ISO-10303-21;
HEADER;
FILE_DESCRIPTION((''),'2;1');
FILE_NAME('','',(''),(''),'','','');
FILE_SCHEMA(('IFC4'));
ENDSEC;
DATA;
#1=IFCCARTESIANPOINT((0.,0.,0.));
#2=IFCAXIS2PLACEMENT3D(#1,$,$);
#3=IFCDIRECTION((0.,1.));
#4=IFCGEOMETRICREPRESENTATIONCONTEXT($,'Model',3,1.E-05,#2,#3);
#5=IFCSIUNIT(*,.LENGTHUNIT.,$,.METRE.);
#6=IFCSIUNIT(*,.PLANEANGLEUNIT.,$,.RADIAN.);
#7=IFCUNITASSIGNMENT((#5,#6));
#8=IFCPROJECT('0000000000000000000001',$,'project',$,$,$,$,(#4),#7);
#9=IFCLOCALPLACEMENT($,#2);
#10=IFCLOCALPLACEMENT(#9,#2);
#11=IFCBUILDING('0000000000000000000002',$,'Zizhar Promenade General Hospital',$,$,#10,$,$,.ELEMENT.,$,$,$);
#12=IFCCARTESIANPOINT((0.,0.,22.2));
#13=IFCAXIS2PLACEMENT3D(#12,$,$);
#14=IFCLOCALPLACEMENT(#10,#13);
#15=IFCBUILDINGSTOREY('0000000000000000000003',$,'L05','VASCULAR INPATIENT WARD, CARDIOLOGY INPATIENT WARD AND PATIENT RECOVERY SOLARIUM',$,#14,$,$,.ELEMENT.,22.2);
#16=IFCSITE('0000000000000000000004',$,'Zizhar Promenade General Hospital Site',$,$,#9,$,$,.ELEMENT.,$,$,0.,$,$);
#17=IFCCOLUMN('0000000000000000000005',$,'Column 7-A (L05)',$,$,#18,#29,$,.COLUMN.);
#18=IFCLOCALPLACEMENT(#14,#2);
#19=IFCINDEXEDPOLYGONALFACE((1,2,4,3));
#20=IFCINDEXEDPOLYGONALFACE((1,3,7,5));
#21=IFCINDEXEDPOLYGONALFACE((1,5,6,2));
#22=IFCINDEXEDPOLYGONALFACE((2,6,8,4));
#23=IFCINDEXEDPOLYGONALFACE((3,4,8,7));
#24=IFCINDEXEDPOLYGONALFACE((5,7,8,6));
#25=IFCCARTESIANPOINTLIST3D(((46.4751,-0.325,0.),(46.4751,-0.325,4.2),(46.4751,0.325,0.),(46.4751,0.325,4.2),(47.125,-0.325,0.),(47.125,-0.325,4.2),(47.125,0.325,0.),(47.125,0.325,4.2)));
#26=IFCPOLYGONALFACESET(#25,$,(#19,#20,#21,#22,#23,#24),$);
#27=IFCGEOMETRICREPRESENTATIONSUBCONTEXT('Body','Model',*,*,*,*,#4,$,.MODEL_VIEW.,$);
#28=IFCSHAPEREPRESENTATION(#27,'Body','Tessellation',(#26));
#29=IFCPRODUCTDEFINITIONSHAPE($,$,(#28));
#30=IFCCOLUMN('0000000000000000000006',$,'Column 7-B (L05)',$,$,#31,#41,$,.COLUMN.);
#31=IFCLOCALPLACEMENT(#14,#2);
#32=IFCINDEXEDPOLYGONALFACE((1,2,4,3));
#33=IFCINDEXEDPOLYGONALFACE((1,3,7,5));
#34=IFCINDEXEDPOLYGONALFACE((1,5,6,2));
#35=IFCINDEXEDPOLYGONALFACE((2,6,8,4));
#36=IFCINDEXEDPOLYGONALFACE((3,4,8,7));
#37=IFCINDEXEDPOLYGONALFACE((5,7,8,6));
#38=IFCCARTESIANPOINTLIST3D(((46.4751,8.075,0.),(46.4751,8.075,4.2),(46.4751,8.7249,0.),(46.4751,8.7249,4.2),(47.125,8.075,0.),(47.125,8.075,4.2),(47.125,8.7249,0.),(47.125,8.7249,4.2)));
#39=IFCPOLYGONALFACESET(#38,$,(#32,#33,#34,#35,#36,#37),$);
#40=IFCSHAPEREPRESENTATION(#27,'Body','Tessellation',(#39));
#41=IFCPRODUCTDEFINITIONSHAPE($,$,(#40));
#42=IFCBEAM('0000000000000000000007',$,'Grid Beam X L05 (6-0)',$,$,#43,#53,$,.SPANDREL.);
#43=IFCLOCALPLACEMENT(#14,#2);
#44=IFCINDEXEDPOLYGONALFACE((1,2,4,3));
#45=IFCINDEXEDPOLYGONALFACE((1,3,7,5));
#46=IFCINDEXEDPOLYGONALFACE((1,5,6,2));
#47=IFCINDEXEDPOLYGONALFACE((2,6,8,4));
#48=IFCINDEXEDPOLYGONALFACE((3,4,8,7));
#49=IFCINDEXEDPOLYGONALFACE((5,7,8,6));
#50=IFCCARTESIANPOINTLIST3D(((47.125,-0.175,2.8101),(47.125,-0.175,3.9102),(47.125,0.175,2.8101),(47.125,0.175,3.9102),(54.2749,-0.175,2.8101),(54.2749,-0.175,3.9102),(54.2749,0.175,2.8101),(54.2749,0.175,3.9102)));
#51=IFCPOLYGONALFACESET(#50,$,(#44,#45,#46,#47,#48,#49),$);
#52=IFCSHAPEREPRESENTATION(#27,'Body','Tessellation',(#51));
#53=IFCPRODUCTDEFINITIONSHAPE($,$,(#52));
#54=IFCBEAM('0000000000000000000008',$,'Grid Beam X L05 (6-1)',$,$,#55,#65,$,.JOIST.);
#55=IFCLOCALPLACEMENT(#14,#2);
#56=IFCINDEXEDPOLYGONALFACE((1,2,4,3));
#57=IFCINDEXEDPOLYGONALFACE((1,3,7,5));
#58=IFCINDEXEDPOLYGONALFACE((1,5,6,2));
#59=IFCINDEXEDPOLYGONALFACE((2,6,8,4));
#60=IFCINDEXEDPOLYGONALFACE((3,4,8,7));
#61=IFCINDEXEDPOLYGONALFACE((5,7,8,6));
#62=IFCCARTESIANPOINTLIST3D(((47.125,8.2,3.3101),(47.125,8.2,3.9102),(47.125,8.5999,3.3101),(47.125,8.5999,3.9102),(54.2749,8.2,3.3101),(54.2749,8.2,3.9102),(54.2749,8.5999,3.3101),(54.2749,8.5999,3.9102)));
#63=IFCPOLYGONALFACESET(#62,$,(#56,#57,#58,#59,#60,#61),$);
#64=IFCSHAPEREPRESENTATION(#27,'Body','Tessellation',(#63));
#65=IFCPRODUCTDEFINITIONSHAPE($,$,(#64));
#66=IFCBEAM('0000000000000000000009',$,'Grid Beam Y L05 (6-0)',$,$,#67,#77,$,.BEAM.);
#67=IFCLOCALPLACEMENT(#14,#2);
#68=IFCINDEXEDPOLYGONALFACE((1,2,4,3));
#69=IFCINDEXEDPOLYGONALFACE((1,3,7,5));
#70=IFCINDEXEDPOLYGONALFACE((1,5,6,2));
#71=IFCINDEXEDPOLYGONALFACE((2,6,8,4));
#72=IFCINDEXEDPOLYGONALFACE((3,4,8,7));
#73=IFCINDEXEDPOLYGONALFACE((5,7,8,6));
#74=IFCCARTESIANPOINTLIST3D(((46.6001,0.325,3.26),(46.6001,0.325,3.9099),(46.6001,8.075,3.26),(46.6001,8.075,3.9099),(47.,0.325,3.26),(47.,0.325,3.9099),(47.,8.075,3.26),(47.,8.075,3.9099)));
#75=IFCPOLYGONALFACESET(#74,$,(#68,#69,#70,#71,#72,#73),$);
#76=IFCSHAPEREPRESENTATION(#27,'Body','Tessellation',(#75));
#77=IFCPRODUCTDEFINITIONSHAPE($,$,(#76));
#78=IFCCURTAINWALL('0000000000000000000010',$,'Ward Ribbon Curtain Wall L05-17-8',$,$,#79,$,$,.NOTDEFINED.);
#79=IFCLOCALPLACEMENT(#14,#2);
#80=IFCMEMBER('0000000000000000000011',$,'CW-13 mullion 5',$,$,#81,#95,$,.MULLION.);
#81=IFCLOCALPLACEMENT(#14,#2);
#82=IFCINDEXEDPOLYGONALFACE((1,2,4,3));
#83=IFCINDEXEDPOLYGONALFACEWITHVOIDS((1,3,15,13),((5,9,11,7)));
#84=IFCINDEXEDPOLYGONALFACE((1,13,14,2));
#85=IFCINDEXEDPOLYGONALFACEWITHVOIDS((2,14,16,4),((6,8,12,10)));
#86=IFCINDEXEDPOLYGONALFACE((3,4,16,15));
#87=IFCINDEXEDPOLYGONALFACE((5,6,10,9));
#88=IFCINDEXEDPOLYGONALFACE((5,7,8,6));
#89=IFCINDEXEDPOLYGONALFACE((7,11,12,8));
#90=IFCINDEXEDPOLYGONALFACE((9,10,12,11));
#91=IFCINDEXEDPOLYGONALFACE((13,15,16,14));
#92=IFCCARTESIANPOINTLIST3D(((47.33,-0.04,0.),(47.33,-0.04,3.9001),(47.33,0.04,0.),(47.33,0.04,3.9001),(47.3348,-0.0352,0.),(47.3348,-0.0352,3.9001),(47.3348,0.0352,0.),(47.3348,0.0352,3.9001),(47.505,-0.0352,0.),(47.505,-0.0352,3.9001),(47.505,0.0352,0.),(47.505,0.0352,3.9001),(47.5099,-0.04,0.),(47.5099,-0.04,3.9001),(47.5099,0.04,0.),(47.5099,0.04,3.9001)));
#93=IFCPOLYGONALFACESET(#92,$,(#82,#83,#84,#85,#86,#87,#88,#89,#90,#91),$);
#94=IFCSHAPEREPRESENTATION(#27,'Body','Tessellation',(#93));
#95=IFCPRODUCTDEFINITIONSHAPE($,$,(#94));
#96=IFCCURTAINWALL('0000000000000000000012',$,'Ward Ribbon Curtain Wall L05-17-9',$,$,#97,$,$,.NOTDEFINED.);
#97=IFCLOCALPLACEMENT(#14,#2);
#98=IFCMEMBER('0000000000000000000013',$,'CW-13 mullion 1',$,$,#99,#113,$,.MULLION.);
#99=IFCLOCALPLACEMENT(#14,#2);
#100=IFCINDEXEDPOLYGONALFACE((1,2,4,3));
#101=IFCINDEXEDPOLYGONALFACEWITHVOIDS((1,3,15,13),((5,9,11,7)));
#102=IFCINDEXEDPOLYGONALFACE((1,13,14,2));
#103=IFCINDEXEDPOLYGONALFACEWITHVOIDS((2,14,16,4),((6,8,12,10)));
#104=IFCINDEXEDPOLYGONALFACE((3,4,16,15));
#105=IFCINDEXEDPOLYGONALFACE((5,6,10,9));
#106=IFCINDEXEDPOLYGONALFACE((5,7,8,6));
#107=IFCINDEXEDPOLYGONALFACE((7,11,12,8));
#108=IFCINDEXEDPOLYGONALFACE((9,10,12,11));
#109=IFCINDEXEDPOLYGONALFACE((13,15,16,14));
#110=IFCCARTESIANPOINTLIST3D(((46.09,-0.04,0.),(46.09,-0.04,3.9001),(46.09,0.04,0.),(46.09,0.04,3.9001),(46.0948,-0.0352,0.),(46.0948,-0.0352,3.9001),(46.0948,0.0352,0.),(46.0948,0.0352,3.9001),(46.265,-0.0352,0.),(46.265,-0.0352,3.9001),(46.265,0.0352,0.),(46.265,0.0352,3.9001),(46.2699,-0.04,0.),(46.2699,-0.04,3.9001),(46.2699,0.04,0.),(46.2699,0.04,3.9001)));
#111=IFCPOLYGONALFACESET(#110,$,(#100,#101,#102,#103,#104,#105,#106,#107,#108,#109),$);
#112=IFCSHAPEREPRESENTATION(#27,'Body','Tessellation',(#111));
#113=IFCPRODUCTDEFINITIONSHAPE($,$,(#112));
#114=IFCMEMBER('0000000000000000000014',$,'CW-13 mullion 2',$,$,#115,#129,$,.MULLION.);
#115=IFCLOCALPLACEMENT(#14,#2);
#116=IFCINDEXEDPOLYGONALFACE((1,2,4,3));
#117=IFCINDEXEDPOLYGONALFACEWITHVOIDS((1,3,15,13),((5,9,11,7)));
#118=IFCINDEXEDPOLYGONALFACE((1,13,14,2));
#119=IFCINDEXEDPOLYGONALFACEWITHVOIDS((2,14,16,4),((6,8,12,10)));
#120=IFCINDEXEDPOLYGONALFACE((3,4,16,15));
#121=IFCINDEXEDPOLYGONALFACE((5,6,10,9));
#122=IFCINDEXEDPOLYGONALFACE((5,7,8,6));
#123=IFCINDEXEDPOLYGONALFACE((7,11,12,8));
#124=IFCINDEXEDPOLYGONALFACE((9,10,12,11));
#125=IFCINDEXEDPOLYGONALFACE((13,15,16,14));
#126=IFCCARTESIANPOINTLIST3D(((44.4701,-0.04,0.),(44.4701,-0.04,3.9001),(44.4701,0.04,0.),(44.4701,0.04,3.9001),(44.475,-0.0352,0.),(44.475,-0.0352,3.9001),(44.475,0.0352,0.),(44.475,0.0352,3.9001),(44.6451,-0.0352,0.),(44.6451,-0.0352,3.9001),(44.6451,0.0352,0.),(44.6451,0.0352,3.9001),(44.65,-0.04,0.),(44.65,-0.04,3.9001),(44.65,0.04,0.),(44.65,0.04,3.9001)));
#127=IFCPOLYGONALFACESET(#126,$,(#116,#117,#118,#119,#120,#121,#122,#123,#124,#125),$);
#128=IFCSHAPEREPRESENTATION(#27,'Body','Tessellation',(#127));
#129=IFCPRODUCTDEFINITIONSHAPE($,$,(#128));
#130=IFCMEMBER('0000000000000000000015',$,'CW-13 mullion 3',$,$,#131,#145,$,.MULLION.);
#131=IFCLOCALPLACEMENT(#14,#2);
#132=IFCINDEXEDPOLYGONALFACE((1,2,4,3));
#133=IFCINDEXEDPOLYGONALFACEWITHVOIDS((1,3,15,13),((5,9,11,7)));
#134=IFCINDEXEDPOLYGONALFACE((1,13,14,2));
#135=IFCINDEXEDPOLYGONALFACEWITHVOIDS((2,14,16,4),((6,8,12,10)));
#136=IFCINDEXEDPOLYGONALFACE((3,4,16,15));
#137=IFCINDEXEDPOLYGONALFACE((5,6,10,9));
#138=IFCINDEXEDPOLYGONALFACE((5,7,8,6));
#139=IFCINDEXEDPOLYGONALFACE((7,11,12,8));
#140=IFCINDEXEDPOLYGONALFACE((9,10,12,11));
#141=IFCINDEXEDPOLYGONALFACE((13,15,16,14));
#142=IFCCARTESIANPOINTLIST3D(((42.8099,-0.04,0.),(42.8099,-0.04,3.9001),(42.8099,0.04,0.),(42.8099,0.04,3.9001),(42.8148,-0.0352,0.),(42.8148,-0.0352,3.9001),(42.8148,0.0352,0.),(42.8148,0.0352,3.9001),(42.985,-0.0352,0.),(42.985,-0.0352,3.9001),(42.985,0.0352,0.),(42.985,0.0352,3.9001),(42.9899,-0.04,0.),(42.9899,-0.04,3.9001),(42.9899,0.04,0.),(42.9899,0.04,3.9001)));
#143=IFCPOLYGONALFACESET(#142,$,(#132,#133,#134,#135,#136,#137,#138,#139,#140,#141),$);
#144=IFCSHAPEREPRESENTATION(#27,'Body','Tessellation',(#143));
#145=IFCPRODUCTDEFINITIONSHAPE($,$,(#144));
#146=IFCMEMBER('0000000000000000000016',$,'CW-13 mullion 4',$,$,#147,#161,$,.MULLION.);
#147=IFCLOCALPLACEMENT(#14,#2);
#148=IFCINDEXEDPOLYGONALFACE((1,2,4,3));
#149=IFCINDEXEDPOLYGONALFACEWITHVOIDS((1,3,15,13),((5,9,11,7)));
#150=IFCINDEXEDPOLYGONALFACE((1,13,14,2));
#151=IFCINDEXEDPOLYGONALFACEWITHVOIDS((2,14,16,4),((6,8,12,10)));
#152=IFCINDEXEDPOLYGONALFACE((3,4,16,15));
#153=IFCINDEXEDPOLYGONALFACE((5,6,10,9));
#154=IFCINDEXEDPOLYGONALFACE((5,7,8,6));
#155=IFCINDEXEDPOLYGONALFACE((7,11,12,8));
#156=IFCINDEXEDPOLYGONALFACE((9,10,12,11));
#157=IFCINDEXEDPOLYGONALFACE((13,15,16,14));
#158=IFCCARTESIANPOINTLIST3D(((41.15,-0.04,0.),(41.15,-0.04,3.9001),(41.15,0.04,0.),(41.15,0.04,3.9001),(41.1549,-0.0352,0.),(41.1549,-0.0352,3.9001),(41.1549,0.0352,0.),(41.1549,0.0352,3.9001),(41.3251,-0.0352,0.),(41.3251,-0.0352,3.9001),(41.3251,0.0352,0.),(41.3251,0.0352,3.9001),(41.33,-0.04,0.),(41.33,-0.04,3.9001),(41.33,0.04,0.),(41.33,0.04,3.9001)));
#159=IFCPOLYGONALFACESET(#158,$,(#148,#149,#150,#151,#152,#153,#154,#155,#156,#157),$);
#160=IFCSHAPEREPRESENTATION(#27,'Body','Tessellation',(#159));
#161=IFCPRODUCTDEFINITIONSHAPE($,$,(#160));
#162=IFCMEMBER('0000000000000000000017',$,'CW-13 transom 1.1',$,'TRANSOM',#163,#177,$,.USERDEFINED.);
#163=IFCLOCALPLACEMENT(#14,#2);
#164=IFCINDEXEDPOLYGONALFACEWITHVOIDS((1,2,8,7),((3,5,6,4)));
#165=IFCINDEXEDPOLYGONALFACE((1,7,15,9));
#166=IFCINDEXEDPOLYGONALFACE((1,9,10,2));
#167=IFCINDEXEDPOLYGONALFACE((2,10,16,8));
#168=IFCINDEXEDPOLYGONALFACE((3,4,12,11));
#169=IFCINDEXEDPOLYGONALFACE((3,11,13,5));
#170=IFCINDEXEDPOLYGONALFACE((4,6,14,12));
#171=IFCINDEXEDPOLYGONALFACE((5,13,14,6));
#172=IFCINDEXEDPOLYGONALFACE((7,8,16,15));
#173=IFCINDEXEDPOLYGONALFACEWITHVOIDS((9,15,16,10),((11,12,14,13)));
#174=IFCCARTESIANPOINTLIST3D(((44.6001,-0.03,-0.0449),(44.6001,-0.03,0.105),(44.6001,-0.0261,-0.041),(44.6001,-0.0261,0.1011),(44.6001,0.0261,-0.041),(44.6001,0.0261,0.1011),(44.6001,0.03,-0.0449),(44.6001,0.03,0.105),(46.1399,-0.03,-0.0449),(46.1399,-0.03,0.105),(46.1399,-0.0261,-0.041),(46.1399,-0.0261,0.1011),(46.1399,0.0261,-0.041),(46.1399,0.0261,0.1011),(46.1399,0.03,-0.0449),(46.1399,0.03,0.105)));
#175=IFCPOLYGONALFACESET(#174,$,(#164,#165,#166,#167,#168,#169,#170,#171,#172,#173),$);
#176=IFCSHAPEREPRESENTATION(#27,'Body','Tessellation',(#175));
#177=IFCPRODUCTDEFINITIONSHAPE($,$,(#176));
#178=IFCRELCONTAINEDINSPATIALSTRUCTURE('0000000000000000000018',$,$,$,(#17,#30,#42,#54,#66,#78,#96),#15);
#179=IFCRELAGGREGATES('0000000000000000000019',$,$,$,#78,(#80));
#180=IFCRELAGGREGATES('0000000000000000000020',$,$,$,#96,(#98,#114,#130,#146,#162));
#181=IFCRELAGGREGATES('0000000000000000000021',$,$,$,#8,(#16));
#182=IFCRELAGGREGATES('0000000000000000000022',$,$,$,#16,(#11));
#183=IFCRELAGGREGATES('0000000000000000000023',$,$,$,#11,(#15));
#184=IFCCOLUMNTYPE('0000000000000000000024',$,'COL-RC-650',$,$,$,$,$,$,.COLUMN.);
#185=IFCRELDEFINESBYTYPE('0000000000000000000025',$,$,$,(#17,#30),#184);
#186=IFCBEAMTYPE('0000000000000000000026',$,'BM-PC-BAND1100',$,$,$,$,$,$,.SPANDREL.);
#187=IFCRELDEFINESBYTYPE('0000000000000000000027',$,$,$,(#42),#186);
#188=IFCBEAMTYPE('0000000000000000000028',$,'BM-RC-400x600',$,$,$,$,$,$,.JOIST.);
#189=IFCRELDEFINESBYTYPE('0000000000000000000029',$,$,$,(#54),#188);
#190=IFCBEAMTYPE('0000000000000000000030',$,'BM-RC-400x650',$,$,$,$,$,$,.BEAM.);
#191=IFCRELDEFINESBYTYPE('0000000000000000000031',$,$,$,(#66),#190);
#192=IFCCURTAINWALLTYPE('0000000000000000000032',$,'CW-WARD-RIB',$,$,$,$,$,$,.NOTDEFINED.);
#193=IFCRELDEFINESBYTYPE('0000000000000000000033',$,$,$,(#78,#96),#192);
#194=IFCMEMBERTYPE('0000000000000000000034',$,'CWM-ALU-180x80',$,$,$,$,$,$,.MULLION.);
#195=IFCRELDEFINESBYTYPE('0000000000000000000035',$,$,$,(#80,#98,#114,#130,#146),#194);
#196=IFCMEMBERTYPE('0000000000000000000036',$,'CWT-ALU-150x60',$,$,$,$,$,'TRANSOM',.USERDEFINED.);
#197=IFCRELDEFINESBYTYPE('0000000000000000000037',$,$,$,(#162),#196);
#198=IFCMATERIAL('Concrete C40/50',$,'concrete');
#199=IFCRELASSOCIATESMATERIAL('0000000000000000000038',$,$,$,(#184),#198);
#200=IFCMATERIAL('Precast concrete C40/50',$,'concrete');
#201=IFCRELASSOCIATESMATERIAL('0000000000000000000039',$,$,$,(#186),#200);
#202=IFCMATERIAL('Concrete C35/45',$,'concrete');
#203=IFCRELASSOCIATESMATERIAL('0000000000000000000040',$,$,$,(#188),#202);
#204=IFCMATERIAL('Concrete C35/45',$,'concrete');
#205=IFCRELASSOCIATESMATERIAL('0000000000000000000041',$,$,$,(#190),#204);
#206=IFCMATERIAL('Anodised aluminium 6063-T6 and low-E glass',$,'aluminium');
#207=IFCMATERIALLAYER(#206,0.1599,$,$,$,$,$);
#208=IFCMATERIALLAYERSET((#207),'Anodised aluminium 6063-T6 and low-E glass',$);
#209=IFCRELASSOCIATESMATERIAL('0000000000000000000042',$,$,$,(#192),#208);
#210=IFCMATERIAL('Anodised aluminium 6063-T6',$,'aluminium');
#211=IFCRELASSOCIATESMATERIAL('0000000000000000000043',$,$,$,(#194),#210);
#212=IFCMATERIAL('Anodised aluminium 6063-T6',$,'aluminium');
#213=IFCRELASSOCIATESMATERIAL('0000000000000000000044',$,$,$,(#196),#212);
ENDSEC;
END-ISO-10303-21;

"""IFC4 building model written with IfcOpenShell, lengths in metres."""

from ifc_helpers import new_model, si_unit, direction, frame, origin, origin_2d, place, context, subcontext, project, spatial, rectangle, hollow_rectangle, extrude, material, layer, layer_set, material_profile, profile_set, type_object, element, aggregate, save


model = new_model("IFC4")

# Units and contexts
model_context = context("Model", 3, precision=1e-05, world=origin(), true_north=direction((0.0, 1.0)))
body_context = subcontext(model_context, "Body", "Model", "MODEL_VIEW")
ifc_project = project(units=[si_unit("LENGTHUNIT", "METRE"), si_unit("PLANEANGLEUNIT", "RADIAN")], contexts=[model_context])

# Site, building, storey
site_placement = place(None, origin())
site = spatial("IfcSite", under=ifc_project, at=site_placement, Name="Zizhar Promenade General Hospital Site", CompositionType="ELEMENT", RefElevation=0.0)
building_placement = place(site_placement, origin())
building = spatial("IfcBuilding", under=site, at=building_placement, Name="Zizhar Promenade General Hospital", CompositionType="ELEMENT")
storey_placement = place(building_placement, frame((0.0, 0.0, 22.2)))
storey = spatial("IfcBuildingStorey", under=building, at=storey_placement, Name="L05", Description="VASCULAR INPATIENT WARD, CARDIOLOGY INPATIENT WARD AND PATIENT RECOVERY SOLARIUM", CompositionType="ELEMENT", Elevation=22.2)

# Columns
ifc_material_1 = material(Name="Concrete C40/50", Category="concrete")
ifc_material_profile_1 = material_profile(ifc_material_1, rectangle(XDim=0.6499, YDim=0.6499, at=origin_2d()))
ifc_profile_set_1 = profile_set([ifc_material_profile_1], Name="Concrete C40/50")
column_type = type_object("IfcColumnType", Name="COL-RC-650", PredefinedType="COLUMN", material=ifc_profile_set_1)
for number, where, z_axis, x_axis, name in (
    (1, (46.8, 0.0, 0.0), (0.0, 0.0, 1.0), (1.0, 0.0, 0.0), "Column 7-A (L05)"),
    (2, (46.8, 8.3999, 0.0), (0.0, 0.0, 1.0), (1.0, 0.0, 0.0), "Column 7-B (L05)"),
):
    element("IfcColumn", number, at=place(storey_placement, frame(where, z_axis=z_axis, x_axis=x_axis)), inside=storey, type_object=column_type, Name=name, PredefinedType="COLUMN", context=body_context, shape_type="SweptSolid", body=[
        extrude(rectangle(XDim=0.6499, YDim=0.6499, at=origin_2d()), origin(), (0.0, 0.0, 1.0), 4.2),
    ])

# Beams
ifc_material_2 = material(Name="Precast concrete C40/50", Category="concrete")
ifc_material_profile_2 = material_profile(ifc_material_2, rectangle(XDim=0.3501, YDim=1.1001, at=origin_2d()))
ifc_profile_set_2 = profile_set([ifc_material_profile_2], Name="Precast concrete C40/50")
beam_type_1 = type_object("IfcBeamType", Name="BM-PC-BAND1100", PredefinedType="SPANDREL", material=ifc_profile_set_2)
beam_1_placement = place(storey_placement, frame((47.125, 0.0, 3.3601), z_axis=(1.0, 0.0, 0.0), x_axis=(0.0, 1.0, 0.0)))
element("IfcBeam", 3, at=beam_1_placement, inside=storey, type_object=beam_type_1, Name="Grid Beam X L05 (6-0)", PredefinedType="SPANDREL", context=body_context, shape_type="SweptSolid", body=[
    extrude(rectangle(XDim=0.3501, YDim=1.1001, at=origin_2d()), origin(), (0.0, 0.0, 1.0), 7.1499),
])
ifc_material_3 = material(Name="Concrete C35/45", Category="concrete")
ifc_material_profile_3 = material_profile(ifc_material_3, rectangle(XDim=0.3999, YDim=0.6001, at=origin_2d()))
ifc_profile_set_3 = profile_set([ifc_material_profile_3], Name="Concrete C35/45")
beam_type_2 = type_object("IfcBeamType", Name="BM-RC-400x600", PredefinedType="JOIST", material=ifc_profile_set_3)
beam_2_placement = place(storey_placement, frame((47.125, 8.3999, 3.6101), z_axis=(1.0, 0.0, 0.0), x_axis=(0.0, 1.0, 0.0)))
element("IfcBeam", 4, at=beam_2_placement, inside=storey, type_object=beam_type_2, Name="Grid Beam X L05 (6-1)", PredefinedType="JOIST", context=body_context, shape_type="SweptSolid", body=[
    extrude(rectangle(XDim=0.3999, YDim=0.6001, at=origin_2d()), origin(), (0.0, 0.0, 1.0), 7.1499),
])
ifc_material_4 = material(Name="Concrete C35/45", Category="concrete")
ifc_material_profile_4 = material_profile(ifc_material_4, rectangle(XDim=0.3999, YDim=0.6499, at=origin_2d()))
ifc_profile_set_4 = profile_set([ifc_material_profile_4], Name="Concrete C35/45")
beam_type_3 = type_object("IfcBeamType", Name="BM-RC-400x650", PredefinedType="BEAM", material=ifc_profile_set_4)
beam_3_placement = place(storey_placement, frame((46.8, 0.325, 3.585), z_axis=(0.0, 1.0, 0.0), x_axis=(-1.0, 0.0, 0.0)))
element("IfcBeam", 5, at=beam_3_placement, inside=storey, type_object=beam_type_3, Name="Grid Beam Y L05 (6-0)", PredefinedType="BEAM", context=body_context, shape_type="SweptSolid", body=[
    extrude(rectangle(XDim=0.3999, YDim=0.6499, at=origin_2d()), origin(), (0.0, 0.0, 1.0), 7.75),
])

# Curtain wall, member
ifc_material_5 = material(Name="Anodised aluminium 6063-T6 and low-E glass", Category="aluminium")
ifc_layer_1 = layer(ifc_material_5, 0.1599)
ifc_layer_set_1 = layer_set([ifc_layer_1], Name="Anodised aluminium 6063-T6 and low-E glass")
curtain_wall_type = type_object("IfcCurtainWallType", Name="CW-WARD-RIB", PredefinedType="NOTDEFINED", material=ifc_layer_set_1)
curtain_wall_1_placement = place(storey_placement, origin())
curtain_wall_1 = element("IfcCurtainWall", 6, at=curtain_wall_1_placement, inside=storey, type_object=curtain_wall_type, Name="Ward Ribbon Curtain Wall L05-17-8", PredefinedType="NOTDEFINED")
ifc_material_6 = material(Name="Anodised aluminium 6063-T6", Category="aluminium")
ifc_material_profile_5 = material_profile(ifc_material_6, hollow_rectangle(XDim=0.0801, YDim=0.1799, WallThickness=0.0049, at=origin_2d()))
ifc_profile_set_5 = profile_set([ifc_material_profile_5], Name="Anodised aluminium 6063-T6")
member_type_1 = type_object("IfcMemberType", Name="CWM-ALU-180x80", PredefinedType="MULLION", material=ifc_profile_set_5)
member_1_placement = place(storey_placement, frame((47.4199, 0.0, 0.0), z_axis=(0.0, 0.0, 1.0), x_axis=(0.0, -1.0, 0.0)))
member_1 = element("IfcMember", 7, at=member_1_placement, type_object=member_type_1, Name="CW-13 mullion 5", PredefinedType="MULLION", context=body_context, shape_type="SweptSolid", body=[
    extrude(hollow_rectangle(XDim=0.0801, YDim=0.1799, WallThickness=0.0049, at=origin_2d()), origin(), (0.0, 0.0, 1.0), 3.9001),
])
aggregate(curtain_wall_1, [member_1])

# Curtain wall, members
curtain_wall_2_placement = place(storey_placement, origin())
curtain_wall_2 = element("IfcCurtainWall", 8, at=curtain_wall_2_placement, inside=storey, type_object=curtain_wall_type, Name="Ward Ribbon Curtain Wall L05-17-9", PredefinedType="NOTDEFINED")
member_2_placement = place(storey_placement, frame((46.1799, 0.0, 0.0), z_axis=(0.0, 0.0, 1.0), x_axis=(0.0, -1.0, 0.0)))
member_2 = element("IfcMember", 9, at=member_2_placement, type_object=member_type_1, Name="CW-13 mullion 1", PredefinedType="MULLION", context=body_context, shape_type="SweptSolid", body=[
    extrude(hollow_rectangle(XDim=0.0801, YDim=0.1799, WallThickness=0.0049, at=origin_2d()), origin(), (0.0, 0.0, 1.0), 3.9001),
])
member_3_placement = place(storey_placement, frame((44.5601, 0.0, 0.0), z_axis=(0.0, 0.0, 1.0), x_axis=(0.0, -1.0, 0.0)))
member_3 = element("IfcMember", 10, at=member_3_placement, type_object=member_type_1, Name="CW-13 mullion 2", PredefinedType="MULLION", context=body_context, shape_type="SweptSolid", body=[
    extrude(hollow_rectangle(XDim=0.0801, YDim=0.1799, WallThickness=0.0049, at=origin_2d()), origin(), (0.0, 0.0, 1.0), 3.9001),
])
member_4_placement = place(storey_placement, frame((42.8999, 0.0, 0.0), z_axis=(0.0, 0.0, 1.0), x_axis=(0.0, -1.0, 0.0)))
member_4 = element("IfcMember", 11, at=member_4_placement, type_object=member_type_1, Name="CW-13 mullion 3", PredefinedType="MULLION", context=body_context, shape_type="SweptSolid", body=[
    extrude(hollow_rectangle(XDim=0.0801, YDim=0.1799, WallThickness=0.0049, at=origin_2d()), origin(), (0.0, 0.0, 1.0), 3.9001),
])
member_5_placement = place(storey_placement, frame((41.24, 0.0, 0.0), z_axis=(0.0, 0.0, 1.0), x_axis=(0.0, -1.0, 0.0)))
member_5 = element("IfcMember", 12, at=member_5_placement, type_object=member_type_1, Name="CW-13 mullion 4", PredefinedType="MULLION", context=body_context, shape_type="SweptSolid", body=[
    extrude(hollow_rectangle(XDim=0.0801, YDim=0.1799, WallThickness=0.0049, at=origin_2d()), origin(), (0.0, 0.0, 1.0), 3.9001),
])
ifc_material_7 = material(Name="Anodised aluminium 6063-T6", Category="aluminium")
ifc_material_profile_6 = material_profile(ifc_material_7, hollow_rectangle(XDim=0.0601, YDim=0.1499, WallThickness=0.0039, at=origin_2d()))
ifc_profile_set_6 = profile_set([ifc_material_profile_6], Name="Anodised aluminium 6063-T6")
member_type_2 = type_object("IfcMemberType", Name="CWT-ALU-150x60", ElementType="TRANSOM", PredefinedType="USERDEFINED", material=ifc_profile_set_6)
member_6_placement = place(storey_placement, frame((46.1399, 0.0, 0.03), z_axis=(-1.0, 0.0, 0.0), x_axis=(0.0, -1.0, 0.0)))
member_6 = element("IfcMember", 13, at=member_6_placement, type_object=member_type_2, Name="CW-13 transom 1.1", ObjectType="TRANSOM", PredefinedType="USERDEFINED", context=body_context, shape_type="SweptSolid", body=[
    extrude(hollow_rectangle(XDim=0.0601, YDim=0.1499, WallThickness=0.0039, at=origin_2d()), origin(), (0.0, 0.0, 1.0), 1.5398),
])
aggregate(curtain_wall_2, [member_2, member_3, member_4, member_5, member_6])

save(model, "model.ifc")
